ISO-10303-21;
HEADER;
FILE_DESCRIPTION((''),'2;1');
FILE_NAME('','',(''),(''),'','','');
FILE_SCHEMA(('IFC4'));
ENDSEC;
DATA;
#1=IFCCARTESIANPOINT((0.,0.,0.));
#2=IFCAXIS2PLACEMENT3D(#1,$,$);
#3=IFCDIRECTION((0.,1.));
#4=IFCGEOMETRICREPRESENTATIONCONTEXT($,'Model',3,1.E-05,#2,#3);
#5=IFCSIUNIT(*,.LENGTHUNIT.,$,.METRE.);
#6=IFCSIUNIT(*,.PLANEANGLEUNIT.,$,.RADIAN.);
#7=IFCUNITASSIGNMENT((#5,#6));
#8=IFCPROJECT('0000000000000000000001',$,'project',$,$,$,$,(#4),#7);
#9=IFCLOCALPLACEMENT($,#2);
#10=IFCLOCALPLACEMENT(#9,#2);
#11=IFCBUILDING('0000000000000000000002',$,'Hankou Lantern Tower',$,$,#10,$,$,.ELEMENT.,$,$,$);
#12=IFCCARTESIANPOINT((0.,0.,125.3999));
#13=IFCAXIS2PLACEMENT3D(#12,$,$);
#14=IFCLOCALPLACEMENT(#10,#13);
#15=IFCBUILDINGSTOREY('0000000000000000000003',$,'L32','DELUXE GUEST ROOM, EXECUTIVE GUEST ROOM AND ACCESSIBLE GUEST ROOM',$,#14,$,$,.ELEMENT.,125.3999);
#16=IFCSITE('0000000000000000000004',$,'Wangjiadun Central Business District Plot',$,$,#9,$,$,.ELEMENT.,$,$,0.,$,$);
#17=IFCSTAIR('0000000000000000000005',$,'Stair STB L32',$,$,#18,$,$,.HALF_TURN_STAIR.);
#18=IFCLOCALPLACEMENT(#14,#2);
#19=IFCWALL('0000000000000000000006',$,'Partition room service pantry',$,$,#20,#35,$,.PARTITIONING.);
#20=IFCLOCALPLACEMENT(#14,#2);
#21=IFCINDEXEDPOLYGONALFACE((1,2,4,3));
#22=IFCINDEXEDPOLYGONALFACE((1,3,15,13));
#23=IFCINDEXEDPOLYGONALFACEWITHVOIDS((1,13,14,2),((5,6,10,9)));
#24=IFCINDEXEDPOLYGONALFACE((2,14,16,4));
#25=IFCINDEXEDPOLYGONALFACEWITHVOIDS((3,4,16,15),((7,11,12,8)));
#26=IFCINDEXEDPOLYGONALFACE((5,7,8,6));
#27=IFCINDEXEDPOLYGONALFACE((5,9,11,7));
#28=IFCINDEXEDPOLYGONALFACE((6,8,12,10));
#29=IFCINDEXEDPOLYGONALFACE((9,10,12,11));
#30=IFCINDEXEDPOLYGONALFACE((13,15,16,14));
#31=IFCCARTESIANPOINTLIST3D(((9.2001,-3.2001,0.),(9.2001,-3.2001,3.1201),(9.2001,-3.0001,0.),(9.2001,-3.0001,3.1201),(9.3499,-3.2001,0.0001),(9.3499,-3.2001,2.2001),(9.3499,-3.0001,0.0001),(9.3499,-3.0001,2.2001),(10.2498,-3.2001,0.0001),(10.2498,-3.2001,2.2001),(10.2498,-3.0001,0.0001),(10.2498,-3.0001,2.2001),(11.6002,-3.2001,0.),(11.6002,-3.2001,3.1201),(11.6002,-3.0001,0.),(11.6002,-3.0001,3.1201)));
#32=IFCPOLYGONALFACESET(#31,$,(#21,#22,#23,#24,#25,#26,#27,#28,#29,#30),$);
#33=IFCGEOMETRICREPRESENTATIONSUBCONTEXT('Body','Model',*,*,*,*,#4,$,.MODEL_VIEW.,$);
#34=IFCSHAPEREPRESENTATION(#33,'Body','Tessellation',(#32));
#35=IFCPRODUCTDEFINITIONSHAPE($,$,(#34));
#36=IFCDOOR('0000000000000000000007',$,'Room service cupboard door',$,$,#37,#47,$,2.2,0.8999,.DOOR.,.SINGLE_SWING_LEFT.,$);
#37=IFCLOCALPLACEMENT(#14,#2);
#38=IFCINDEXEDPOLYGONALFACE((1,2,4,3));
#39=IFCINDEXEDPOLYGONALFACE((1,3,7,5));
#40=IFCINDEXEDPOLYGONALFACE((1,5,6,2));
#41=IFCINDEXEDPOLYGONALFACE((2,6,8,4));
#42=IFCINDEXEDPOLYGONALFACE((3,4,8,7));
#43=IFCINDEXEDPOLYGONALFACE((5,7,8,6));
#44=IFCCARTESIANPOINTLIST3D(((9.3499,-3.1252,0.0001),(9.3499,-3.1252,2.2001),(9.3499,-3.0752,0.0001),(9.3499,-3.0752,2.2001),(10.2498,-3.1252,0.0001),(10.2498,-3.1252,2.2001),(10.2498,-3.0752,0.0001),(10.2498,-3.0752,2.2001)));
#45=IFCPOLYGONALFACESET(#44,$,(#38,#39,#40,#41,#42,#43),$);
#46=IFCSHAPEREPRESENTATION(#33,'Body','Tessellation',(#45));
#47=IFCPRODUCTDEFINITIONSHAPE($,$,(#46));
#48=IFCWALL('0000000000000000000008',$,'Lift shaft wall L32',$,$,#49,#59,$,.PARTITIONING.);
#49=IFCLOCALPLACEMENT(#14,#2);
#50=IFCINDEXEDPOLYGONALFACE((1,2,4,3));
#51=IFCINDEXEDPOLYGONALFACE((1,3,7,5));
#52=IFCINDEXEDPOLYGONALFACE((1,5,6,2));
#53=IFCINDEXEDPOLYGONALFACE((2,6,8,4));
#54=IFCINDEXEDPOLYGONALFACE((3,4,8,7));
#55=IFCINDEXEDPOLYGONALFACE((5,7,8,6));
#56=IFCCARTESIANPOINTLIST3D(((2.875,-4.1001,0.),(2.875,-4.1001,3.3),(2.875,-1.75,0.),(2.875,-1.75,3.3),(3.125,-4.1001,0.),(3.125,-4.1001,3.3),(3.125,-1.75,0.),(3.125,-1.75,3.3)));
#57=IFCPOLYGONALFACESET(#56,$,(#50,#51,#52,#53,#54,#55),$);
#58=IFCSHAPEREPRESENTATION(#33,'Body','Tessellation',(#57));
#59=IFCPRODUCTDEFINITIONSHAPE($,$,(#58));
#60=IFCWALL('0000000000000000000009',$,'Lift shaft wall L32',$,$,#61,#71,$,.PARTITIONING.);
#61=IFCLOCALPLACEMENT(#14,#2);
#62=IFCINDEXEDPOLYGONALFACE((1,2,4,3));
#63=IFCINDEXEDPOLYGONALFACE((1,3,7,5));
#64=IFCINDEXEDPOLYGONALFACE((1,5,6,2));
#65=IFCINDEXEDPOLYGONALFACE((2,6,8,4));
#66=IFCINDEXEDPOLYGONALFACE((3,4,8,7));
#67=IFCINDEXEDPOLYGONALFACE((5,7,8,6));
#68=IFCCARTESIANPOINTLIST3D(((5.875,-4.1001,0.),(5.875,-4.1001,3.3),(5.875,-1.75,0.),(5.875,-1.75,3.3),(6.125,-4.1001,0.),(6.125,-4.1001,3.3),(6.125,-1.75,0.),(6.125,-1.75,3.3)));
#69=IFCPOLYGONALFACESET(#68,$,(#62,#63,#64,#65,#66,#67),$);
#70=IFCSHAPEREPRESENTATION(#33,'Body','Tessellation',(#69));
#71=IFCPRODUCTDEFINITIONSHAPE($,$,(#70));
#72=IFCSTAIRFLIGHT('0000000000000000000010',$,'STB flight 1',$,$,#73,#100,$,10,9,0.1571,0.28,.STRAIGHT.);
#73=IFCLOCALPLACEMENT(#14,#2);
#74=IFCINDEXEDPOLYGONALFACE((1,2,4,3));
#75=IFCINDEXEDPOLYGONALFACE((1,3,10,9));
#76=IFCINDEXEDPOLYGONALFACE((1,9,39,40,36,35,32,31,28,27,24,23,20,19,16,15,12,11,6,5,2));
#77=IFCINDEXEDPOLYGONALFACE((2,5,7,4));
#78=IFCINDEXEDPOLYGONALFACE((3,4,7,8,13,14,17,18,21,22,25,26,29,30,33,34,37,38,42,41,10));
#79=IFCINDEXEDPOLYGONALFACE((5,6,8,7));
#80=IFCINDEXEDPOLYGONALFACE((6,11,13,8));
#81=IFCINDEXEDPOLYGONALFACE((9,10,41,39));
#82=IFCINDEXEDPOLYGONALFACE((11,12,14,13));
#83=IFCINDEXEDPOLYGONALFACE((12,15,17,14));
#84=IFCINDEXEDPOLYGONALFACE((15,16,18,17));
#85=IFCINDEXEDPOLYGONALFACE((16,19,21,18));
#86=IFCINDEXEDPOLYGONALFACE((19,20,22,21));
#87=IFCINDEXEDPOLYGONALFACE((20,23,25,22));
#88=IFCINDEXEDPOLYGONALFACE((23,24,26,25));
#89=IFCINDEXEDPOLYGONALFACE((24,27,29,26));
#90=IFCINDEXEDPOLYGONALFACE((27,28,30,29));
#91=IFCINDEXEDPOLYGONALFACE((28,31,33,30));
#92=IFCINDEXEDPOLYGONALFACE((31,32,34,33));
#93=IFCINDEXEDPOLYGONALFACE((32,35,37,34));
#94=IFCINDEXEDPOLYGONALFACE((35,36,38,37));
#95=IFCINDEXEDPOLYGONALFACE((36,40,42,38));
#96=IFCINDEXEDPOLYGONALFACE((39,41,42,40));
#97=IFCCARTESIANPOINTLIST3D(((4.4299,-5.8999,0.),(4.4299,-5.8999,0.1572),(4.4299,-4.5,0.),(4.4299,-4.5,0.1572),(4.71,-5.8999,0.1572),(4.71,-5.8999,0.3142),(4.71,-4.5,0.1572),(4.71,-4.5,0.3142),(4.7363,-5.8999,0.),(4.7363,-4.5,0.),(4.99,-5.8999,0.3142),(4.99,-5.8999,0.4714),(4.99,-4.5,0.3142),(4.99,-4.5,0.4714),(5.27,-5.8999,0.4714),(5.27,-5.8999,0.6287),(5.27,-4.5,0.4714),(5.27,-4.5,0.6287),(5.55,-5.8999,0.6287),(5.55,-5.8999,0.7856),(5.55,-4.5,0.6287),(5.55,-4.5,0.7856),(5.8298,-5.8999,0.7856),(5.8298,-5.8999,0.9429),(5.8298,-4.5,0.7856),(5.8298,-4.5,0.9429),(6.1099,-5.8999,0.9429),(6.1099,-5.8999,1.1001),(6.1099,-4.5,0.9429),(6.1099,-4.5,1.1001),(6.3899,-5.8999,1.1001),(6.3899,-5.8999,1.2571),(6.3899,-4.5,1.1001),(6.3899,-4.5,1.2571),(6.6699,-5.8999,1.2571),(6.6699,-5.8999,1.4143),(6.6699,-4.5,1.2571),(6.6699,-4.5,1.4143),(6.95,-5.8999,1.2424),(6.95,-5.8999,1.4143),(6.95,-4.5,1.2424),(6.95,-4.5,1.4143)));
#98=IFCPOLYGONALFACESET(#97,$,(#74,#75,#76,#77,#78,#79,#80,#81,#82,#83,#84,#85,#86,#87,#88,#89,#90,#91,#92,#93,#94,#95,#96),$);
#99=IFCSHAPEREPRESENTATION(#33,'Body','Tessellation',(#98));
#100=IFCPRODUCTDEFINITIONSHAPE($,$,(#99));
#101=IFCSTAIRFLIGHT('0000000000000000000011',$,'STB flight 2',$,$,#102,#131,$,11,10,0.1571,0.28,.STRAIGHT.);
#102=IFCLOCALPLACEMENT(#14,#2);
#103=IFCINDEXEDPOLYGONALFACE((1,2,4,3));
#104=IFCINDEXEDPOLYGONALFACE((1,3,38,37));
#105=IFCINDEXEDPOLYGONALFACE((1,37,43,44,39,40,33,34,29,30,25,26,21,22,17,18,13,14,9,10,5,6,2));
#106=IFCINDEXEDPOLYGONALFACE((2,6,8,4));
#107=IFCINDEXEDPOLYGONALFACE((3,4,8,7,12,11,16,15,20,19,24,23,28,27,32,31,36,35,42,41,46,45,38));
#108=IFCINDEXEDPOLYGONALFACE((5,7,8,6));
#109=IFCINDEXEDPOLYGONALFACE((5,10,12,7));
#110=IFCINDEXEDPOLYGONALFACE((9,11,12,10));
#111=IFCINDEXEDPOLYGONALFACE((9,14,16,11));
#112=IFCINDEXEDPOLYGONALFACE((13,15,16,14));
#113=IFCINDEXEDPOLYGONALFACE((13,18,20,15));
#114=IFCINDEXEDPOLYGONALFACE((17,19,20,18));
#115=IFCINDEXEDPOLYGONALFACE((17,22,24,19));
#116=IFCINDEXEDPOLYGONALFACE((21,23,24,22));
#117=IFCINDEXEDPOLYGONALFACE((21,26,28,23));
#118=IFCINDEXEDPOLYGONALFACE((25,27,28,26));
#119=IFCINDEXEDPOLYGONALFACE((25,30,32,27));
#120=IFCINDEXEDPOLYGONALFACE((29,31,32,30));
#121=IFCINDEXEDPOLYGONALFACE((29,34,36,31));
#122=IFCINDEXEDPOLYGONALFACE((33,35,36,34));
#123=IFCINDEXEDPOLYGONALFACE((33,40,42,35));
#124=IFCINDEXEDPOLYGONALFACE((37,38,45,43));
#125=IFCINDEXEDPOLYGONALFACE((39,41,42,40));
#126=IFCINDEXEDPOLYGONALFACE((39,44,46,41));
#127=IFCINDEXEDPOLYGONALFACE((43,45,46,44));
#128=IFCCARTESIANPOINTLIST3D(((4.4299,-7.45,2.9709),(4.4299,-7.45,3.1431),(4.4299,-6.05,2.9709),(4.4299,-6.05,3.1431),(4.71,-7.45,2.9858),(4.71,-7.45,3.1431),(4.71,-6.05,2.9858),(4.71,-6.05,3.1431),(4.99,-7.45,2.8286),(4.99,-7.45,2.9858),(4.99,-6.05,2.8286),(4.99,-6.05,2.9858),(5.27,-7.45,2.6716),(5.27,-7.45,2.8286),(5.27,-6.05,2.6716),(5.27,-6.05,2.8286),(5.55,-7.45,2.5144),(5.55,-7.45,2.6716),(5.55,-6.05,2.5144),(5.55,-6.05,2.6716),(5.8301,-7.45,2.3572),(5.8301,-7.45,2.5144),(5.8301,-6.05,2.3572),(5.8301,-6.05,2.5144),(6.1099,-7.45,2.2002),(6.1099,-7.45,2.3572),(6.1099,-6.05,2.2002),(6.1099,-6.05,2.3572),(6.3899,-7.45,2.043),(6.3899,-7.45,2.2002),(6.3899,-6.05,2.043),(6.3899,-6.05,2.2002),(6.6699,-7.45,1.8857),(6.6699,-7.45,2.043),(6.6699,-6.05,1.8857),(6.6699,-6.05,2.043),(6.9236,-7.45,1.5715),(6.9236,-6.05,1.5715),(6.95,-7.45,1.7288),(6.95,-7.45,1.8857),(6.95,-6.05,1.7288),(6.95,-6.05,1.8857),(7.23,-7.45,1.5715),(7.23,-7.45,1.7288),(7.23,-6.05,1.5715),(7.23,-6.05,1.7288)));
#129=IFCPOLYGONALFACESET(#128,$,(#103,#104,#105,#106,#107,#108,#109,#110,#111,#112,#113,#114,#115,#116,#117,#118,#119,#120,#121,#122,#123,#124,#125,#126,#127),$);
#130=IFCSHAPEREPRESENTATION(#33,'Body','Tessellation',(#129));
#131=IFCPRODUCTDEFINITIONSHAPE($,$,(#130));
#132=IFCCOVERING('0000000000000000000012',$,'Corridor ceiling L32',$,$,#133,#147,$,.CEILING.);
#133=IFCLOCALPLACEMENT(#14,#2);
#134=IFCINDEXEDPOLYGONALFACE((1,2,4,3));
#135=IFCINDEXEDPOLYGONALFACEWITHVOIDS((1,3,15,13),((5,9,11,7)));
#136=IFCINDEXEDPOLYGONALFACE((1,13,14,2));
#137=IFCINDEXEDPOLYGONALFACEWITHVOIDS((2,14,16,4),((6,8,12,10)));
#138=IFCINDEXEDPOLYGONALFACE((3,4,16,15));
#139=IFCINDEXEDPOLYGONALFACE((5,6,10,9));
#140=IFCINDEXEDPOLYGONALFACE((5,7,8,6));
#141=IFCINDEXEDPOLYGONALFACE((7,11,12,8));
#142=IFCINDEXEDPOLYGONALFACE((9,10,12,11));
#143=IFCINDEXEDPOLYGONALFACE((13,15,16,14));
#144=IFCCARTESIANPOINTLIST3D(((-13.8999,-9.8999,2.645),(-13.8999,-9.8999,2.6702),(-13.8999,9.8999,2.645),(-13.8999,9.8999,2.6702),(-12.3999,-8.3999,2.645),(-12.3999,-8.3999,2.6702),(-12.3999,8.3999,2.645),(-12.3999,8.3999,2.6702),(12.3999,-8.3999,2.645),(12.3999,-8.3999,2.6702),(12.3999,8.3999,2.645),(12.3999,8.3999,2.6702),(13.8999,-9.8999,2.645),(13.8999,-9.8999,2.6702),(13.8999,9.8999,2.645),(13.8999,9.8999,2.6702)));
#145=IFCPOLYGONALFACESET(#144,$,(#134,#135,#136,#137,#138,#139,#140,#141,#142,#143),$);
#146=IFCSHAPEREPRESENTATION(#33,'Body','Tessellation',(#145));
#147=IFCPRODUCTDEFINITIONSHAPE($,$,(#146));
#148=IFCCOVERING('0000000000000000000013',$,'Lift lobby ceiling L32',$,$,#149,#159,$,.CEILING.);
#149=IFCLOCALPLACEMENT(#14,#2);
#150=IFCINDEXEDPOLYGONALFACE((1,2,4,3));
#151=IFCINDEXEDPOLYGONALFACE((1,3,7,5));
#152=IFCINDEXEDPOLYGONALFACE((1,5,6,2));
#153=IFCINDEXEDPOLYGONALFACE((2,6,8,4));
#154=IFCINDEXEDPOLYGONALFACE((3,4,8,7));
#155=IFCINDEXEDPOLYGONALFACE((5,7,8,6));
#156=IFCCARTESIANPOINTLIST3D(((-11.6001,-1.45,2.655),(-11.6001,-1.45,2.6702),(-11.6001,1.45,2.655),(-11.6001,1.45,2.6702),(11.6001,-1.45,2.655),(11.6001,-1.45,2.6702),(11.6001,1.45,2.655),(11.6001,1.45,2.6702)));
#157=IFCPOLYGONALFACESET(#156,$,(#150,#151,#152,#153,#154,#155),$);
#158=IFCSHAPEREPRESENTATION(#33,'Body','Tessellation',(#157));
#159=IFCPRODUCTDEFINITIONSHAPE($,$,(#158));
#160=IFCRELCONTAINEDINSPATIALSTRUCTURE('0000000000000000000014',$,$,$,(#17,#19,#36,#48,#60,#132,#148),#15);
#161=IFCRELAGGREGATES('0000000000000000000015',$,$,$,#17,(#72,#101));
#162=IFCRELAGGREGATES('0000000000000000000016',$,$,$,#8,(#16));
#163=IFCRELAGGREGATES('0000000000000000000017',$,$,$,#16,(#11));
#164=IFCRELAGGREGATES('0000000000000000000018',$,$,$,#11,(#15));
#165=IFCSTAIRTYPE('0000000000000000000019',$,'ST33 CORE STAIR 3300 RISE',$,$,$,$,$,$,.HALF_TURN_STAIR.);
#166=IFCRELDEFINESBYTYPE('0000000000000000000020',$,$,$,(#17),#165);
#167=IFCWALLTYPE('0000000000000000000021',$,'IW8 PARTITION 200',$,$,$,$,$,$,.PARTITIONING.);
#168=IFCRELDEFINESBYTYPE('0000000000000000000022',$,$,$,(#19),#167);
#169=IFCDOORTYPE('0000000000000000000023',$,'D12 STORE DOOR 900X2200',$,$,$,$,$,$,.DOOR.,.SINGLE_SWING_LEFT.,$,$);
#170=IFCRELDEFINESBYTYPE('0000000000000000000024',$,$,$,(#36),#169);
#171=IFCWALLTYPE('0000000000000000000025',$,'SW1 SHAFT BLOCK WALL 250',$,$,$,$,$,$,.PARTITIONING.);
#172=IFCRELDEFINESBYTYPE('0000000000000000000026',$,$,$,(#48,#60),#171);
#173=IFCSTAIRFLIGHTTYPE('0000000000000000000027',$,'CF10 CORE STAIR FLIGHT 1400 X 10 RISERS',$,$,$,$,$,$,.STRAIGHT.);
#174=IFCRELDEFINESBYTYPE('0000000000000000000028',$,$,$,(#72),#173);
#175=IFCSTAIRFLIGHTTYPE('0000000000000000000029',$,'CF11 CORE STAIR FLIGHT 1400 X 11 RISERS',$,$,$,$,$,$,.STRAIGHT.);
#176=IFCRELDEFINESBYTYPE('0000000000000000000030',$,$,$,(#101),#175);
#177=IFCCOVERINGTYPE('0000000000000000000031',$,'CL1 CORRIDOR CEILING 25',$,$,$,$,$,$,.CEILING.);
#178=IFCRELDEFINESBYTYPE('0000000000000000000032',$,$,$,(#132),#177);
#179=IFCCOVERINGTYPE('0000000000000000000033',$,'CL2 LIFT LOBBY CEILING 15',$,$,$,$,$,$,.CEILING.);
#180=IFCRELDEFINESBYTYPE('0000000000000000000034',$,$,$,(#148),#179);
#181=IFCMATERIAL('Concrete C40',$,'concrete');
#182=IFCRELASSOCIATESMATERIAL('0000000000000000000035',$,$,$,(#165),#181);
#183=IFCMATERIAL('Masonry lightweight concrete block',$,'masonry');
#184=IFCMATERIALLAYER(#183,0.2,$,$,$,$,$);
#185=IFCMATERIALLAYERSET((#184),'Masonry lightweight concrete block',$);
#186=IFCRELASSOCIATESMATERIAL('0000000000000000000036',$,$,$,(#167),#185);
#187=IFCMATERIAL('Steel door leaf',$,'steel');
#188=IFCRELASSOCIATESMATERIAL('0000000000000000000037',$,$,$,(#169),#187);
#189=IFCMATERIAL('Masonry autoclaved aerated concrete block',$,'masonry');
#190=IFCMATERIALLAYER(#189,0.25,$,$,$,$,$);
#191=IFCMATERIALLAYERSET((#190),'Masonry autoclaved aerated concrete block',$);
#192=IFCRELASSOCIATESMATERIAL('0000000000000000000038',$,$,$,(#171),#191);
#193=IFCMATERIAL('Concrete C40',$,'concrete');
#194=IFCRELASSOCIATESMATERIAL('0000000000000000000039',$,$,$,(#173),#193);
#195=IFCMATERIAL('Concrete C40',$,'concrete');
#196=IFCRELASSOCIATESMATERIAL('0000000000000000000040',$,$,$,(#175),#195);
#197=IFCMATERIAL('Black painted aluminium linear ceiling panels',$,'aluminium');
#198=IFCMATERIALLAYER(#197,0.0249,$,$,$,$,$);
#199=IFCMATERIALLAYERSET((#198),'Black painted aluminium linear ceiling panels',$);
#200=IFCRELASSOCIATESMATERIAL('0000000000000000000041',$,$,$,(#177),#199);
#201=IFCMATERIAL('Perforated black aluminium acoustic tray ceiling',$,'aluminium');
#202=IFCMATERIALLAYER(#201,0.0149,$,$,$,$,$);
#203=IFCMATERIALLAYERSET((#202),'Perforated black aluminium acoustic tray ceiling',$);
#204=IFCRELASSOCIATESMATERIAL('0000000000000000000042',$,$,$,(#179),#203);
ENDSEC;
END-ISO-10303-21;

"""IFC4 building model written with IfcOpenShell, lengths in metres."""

from ifc_helpers import new_model, si_unit, direction, frame, frame_2d, origin, place, context, subcontext, project, spatial, polyline, rectangle, outline, extrude, material, layer, layer_set, type_object, element, fill, aggregate, save


model = new_model("IFC4")

# Units and contexts
model_context = context("Model", 3, precision=1e-05, world=origin(), true_north=direction((0.0, 1.0)))
body_context = subcontext(model_context, "Body", "Model", "MODEL_VIEW")
ifc_project = project(units=[si_unit("LENGTHUNIT", "METRE"), si_unit("PLANEANGLEUNIT", "RADIAN")], contexts=[model_context])

# Site, building, storey
site_placement = place(None, origin())
site = spatial("IfcSite", under=ifc_project, at=site_placement, Name="Wangjiadun Central Business District Plot", CompositionType="ELEMENT", RefElevation=0.0)
building_placement = place(site_placement, origin())
building = spatial("IfcBuilding", under=site, at=building_placement, Name="Hankou Lantern Tower", CompositionType="ELEMENT")
storey_placement = place(building_placement, frame((0.0, 0.0, 125.3999)))
storey = spatial("IfcBuildingStorey", under=building, at=storey_placement, Name="L32", Description="DELUXE GUEST ROOM, EXECUTIVE GUEST ROOM AND ACCESSIBLE GUEST ROOM", CompositionType="ELEMENT", Elevation=125.3999)

# Stair
ifc_material_1 = material(Name="Concrete C40", Category="concrete")
stair_type = type_object("IfcStairType", Name="ST33 CORE STAIR 3300 RISE", PredefinedType="HALF_TURN_STAIR", material=ifc_material_1)
stair_1_placement = place(storey_placement, origin())
stair_1 = element("IfcStair", 1, at=stair_1_placement, inside=storey, type_object=stair_type, Name="Stair STB L32", PredefinedType="HALF_TURN_STAIR")

# Wall, opening, door
ifc_material_2 = material(Name="Masonry lightweight concrete block", Category="masonry")
ifc_layer_1 = layer(ifc_material_2, 0.2)
ifc_layer_set_1 = layer_set([ifc_layer_1], Name="Masonry lightweight concrete block")
wall_type_1 = type_object("IfcWallType", Name="IW8 PARTITION 200", PredefinedType="PARTITIONING", material=ifc_layer_set_1)
wall_1_placement = place(storey_placement, frame((9.2, -3.1001, 0.0), z_axis=(0.0, 0.0, 1.0), x_axis=(1.0, 0.0, 0.0)))
wall_1 = element("IfcWall", 2, at=wall_1_placement, inside=storey, type_object=wall_type_1, Name="Partition room service pantry", PredefinedType="PARTITIONING", context=body_context, shape_type="SweptSolid", body=[
    extrude(rectangle(XDim=2.4001, YDim=0.2, at=frame_2d((1.2002, 0.0))), origin(), (0.0, 0.0, 1.0), 3.1201),
])
opening_1_placement = place(wall_1_placement, frame((0.1499, 0.0, 0.0)))
opening_1 = element("IfcOpeningElement", 3, at=opening_1_placement, cuts=wall_1, PredefinedType="OPENING", context=body_context, shape_type="SweptSolid", body=[
    extrude(rectangle(XDim=0.8999, YDim=2.2, at=frame_2d((0.45, 1.1001))), frame((0.0, 0.1099, 0.0), z_axis=(0.0, -1.0, 0.0), x_axis=(1.0, 0.0, 0.0)), (0.0, 0.0, 1.0), 0.22),
])
ifc_material_3 = material(Name="Steel door leaf", Category="steel")
door_type_1 = type_object("IfcDoorType", Name="D12 STORE DOOR 900X2200", OperationType="SINGLE_SWING_LEFT", PredefinedType="DOOR", material=ifc_material_3)
door_1_placement = place(opening_1_placement, origin())
door_1 = element("IfcDoor", 4, at=door_1_placement, inside=storey, type_object=door_type_1, Name="Room service cupboard door", OperationType="SINGLE_SWING_LEFT", OverallHeight=2.2, OverallWidth=0.8999, PredefinedType="DOOR", context=body_context, shape_type="SweptSolid", body=[
    extrude(rectangle(XDim=0.8999, YDim=2.2, at=frame_2d((0.45, 1.1001))), frame((0.0, 0.0249, 0.0), z_axis=(0.0, -1.0, 0.0), x_axis=(1.0, 0.0, 0.0)), (0.0, 0.0, 1.0), 0.05),
])
fill(opening_1, door_1)

# Walls
ifc_material_4 = material(Name="Masonry autoclaved aerated concrete block", Category="masonry")
ifc_layer_2 = layer(ifc_material_4, 0.25)
ifc_layer_set_2 = layer_set([ifc_layer_2], Name="Masonry autoclaved aerated concrete block")
wall_type_2 = type_object("IfcWallType", Name="SW1 SHAFT BLOCK WALL 250", PredefinedType="PARTITIONING", material=ifc_layer_set_2)
for number, where, z_axis, x_axis, name in (
    (5, (3.0, -4.1001, 0.0), (0.0, 0.0, 1.0), (0.0, 1.0, 0.0), "Lift shaft wall L32"),
    (6, (6.0, -4.1001, 0.0), (0.0, 0.0, 1.0), (0.0, 1.0, 0.0), "Lift shaft wall L32"),
):
    element("IfcWall", number, at=place(storey_placement, frame(where, z_axis=z_axis, x_axis=x_axis)), inside=storey, type_object=wall_type_2, Name=name, PredefinedType="PARTITIONING", context=body_context, shape_type="SweptSolid", body=[
        extrude(rectangle(XDim=2.3501, YDim=0.25, at=frame_2d((1.175, 0.0))), origin(), (0.0, 0.0, 1.0), 3.3),
    ])

# Stair flights
ifc_material_5 = material(Name="Concrete C40", Category="concrete")
stair_flight_type_1 = type_object("IfcStairFlightType", Name="CF10 CORE STAIR FLIGHT 1400 X 10 RISERS", PredefinedType="STRAIGHT", material=ifc_material_5)
stair_flight_1_placement = place(storey_placement, frame((4.4299, -5.2, 0.0), z_axis=(0.0, 0.0, 1.0), x_axis=(1.0, 0.0, 0.0)))
stair_flight_1 = element("IfcStairFlight", 7, at=stair_flight_1_placement, type_object=stair_flight_type_1, Name="STB flight 1", NumberOfRisers=10, NumberOfTreads=9, PredefinedType="STRAIGHT", RiserHeight=0.1571, TreadLength=0.28, context=body_context, shape_type="SweptSolid", body=[
    extrude(outline(polyline([(0.0, 0.0), (0.0, 0.1572), (0.28, 0.1572), (0.28, 0.3142), (0.5601, 0.3142), (0.5601, 0.4714), (0.8401, 0.4714), (0.8401, 0.6287), (1.1201, 0.6287), (1.1201, 0.7856), (1.3999, 0.7856), (1.3999, 0.9429), (1.6799, 0.9429), (1.6799, 1.1001), (1.96, 1.1001), (1.96, 1.2571), (2.24, 1.2571), (2.24, 1.4143), (2.52, 1.4143), (2.52, 1.5715), (2.52, 1.2424), (0.3064, 0.0), (0.0, 0.0)])), frame((0.0, 0.7, 0.0), z_axis=(0.0, -1.0, 0.0), x_axis=(1.0, 0.0, 0.0)), (0.0, 0.0, 1.0), 1.3999),
])
ifc_material_6 = material(Name="Concrete C40", Category="concrete")
stair_flight_type_2 = type_object("IfcStairFlightType", Name="CF11 CORE STAIR FLIGHT 1400 X 11 RISERS", PredefinedType="STRAIGHT", material=ifc_material_6)
stair_flight_2_placement = place(storey_placement, frame((7.23, -6.75, 1.5715), z_axis=(0.0, 0.0, 1.0), x_axis=(-1.0, 0.0, 0.0)))
stair_flight_2 = element("IfcStairFlight", 8, at=stair_flight_2_placement, type_object=stair_flight_type_2, Name="STB flight 2", NumberOfRisers=11, NumberOfTreads=10, PredefinedType="STRAIGHT", RiserHeight=0.1571, TreadLength=0.28, context=body_context, shape_type="SweptSolid", body=[
    extrude(outline(polyline([(0.0, 0.0), (0.0, 0.1572), (0.28, 0.1572), (0.28, 0.3142), (0.5601, 0.3142), (0.5601, 0.4714), (0.8401, 0.4714), (0.8401, 0.6287), (1.1201, 0.6287), (1.1201, 0.7856), (1.3999, 0.7856), (1.3999, 0.9429), (1.6799, 0.9429), (1.6799, 1.1001), (1.96, 1.1001), (1.96, 1.2571), (2.24, 1.2571), (2.24, 1.4143), (2.52, 1.4143), (2.52, 1.5715), (2.8, 1.5715), (2.8, 1.7285), (2.8, 1.3994), (0.3064, 0.0), (0.0, 0.0)])), frame((0.0, 0.7, 0.0), z_axis=(0.0, -1.0, 0.0), x_axis=(1.0, 0.0, 0.0)), (0.0, 0.0, 1.0), 1.3999),
])
aggregate(stair_1, [stair_flight_1, stair_flight_2])

# Coverings
ifc_material_7 = material(Name="Black painted aluminium linear ceiling panels", Category="aluminium")
ifc_layer_3 = layer(ifc_material_7, 0.0249)
ifc_layer_set_3 = layer_set([ifc_layer_3], Name="Black painted aluminium linear ceiling panels")
covering_type_1 = type_object("IfcCoveringType", Name="CL1 CORRIDOR CEILING 25", PredefinedType="CEILING", material=ifc_layer_set_3)
covering_1_placement = place(storey_placement, frame((0.0, 0.0, 2.645)))
element("IfcCovering", 9, at=covering_1_placement, inside=storey, type_object=covering_type_1, Name="Corridor ceiling L32", PredefinedType="CEILING", context=body_context, shape_type="SweptSolid", body=[
    extrude(outline(polyline([(-13.8999, -9.8999), (13.8999, -9.8999), (13.8999, 9.8999), (-13.8999, 9.8999), (-13.8999, -9.8999)]), holes=[polyline([(-12.3999, 8.3999), (12.3999, 8.3999), (12.3999, -8.3999), (-12.3999, -8.3999), (-12.3999, 8.3999)])]), origin(), (0.0, 0.0, 1.0), 0.0251),
])
ifc_material_8 = material(Name="Perforated black aluminium acoustic tray ceiling", Category="aluminium")
ifc_layer_4 = layer(ifc_material_8, 0.0149)
ifc_layer_set_4 = layer_set([ifc_layer_4], Name="Perforated black aluminium acoustic tray ceiling")
covering_type_2 = type_object("IfcCoveringType", Name="CL2 LIFT LOBBY CEILING 15", PredefinedType="CEILING", material=ifc_layer_set_4)
covering_2_placement = place(storey_placement, frame((0.0, 0.0, 2.655)))
element("IfcCovering", 10, at=covering_2_placement, inside=storey, type_object=covering_type_2, Name="Lift lobby ceiling L32", PredefinedType="CEILING", context=body_context, shape_type="SweptSolid", body=[
    extrude(outline(polyline([(-11.6001, -1.45), (11.6001, -1.45), (11.6001, 1.45), (-11.6001, 1.45), (-11.6001, -1.45)])), origin(), (0.0, 0.0, 1.0), 0.0151),
])

save(model, "model.ifc")
